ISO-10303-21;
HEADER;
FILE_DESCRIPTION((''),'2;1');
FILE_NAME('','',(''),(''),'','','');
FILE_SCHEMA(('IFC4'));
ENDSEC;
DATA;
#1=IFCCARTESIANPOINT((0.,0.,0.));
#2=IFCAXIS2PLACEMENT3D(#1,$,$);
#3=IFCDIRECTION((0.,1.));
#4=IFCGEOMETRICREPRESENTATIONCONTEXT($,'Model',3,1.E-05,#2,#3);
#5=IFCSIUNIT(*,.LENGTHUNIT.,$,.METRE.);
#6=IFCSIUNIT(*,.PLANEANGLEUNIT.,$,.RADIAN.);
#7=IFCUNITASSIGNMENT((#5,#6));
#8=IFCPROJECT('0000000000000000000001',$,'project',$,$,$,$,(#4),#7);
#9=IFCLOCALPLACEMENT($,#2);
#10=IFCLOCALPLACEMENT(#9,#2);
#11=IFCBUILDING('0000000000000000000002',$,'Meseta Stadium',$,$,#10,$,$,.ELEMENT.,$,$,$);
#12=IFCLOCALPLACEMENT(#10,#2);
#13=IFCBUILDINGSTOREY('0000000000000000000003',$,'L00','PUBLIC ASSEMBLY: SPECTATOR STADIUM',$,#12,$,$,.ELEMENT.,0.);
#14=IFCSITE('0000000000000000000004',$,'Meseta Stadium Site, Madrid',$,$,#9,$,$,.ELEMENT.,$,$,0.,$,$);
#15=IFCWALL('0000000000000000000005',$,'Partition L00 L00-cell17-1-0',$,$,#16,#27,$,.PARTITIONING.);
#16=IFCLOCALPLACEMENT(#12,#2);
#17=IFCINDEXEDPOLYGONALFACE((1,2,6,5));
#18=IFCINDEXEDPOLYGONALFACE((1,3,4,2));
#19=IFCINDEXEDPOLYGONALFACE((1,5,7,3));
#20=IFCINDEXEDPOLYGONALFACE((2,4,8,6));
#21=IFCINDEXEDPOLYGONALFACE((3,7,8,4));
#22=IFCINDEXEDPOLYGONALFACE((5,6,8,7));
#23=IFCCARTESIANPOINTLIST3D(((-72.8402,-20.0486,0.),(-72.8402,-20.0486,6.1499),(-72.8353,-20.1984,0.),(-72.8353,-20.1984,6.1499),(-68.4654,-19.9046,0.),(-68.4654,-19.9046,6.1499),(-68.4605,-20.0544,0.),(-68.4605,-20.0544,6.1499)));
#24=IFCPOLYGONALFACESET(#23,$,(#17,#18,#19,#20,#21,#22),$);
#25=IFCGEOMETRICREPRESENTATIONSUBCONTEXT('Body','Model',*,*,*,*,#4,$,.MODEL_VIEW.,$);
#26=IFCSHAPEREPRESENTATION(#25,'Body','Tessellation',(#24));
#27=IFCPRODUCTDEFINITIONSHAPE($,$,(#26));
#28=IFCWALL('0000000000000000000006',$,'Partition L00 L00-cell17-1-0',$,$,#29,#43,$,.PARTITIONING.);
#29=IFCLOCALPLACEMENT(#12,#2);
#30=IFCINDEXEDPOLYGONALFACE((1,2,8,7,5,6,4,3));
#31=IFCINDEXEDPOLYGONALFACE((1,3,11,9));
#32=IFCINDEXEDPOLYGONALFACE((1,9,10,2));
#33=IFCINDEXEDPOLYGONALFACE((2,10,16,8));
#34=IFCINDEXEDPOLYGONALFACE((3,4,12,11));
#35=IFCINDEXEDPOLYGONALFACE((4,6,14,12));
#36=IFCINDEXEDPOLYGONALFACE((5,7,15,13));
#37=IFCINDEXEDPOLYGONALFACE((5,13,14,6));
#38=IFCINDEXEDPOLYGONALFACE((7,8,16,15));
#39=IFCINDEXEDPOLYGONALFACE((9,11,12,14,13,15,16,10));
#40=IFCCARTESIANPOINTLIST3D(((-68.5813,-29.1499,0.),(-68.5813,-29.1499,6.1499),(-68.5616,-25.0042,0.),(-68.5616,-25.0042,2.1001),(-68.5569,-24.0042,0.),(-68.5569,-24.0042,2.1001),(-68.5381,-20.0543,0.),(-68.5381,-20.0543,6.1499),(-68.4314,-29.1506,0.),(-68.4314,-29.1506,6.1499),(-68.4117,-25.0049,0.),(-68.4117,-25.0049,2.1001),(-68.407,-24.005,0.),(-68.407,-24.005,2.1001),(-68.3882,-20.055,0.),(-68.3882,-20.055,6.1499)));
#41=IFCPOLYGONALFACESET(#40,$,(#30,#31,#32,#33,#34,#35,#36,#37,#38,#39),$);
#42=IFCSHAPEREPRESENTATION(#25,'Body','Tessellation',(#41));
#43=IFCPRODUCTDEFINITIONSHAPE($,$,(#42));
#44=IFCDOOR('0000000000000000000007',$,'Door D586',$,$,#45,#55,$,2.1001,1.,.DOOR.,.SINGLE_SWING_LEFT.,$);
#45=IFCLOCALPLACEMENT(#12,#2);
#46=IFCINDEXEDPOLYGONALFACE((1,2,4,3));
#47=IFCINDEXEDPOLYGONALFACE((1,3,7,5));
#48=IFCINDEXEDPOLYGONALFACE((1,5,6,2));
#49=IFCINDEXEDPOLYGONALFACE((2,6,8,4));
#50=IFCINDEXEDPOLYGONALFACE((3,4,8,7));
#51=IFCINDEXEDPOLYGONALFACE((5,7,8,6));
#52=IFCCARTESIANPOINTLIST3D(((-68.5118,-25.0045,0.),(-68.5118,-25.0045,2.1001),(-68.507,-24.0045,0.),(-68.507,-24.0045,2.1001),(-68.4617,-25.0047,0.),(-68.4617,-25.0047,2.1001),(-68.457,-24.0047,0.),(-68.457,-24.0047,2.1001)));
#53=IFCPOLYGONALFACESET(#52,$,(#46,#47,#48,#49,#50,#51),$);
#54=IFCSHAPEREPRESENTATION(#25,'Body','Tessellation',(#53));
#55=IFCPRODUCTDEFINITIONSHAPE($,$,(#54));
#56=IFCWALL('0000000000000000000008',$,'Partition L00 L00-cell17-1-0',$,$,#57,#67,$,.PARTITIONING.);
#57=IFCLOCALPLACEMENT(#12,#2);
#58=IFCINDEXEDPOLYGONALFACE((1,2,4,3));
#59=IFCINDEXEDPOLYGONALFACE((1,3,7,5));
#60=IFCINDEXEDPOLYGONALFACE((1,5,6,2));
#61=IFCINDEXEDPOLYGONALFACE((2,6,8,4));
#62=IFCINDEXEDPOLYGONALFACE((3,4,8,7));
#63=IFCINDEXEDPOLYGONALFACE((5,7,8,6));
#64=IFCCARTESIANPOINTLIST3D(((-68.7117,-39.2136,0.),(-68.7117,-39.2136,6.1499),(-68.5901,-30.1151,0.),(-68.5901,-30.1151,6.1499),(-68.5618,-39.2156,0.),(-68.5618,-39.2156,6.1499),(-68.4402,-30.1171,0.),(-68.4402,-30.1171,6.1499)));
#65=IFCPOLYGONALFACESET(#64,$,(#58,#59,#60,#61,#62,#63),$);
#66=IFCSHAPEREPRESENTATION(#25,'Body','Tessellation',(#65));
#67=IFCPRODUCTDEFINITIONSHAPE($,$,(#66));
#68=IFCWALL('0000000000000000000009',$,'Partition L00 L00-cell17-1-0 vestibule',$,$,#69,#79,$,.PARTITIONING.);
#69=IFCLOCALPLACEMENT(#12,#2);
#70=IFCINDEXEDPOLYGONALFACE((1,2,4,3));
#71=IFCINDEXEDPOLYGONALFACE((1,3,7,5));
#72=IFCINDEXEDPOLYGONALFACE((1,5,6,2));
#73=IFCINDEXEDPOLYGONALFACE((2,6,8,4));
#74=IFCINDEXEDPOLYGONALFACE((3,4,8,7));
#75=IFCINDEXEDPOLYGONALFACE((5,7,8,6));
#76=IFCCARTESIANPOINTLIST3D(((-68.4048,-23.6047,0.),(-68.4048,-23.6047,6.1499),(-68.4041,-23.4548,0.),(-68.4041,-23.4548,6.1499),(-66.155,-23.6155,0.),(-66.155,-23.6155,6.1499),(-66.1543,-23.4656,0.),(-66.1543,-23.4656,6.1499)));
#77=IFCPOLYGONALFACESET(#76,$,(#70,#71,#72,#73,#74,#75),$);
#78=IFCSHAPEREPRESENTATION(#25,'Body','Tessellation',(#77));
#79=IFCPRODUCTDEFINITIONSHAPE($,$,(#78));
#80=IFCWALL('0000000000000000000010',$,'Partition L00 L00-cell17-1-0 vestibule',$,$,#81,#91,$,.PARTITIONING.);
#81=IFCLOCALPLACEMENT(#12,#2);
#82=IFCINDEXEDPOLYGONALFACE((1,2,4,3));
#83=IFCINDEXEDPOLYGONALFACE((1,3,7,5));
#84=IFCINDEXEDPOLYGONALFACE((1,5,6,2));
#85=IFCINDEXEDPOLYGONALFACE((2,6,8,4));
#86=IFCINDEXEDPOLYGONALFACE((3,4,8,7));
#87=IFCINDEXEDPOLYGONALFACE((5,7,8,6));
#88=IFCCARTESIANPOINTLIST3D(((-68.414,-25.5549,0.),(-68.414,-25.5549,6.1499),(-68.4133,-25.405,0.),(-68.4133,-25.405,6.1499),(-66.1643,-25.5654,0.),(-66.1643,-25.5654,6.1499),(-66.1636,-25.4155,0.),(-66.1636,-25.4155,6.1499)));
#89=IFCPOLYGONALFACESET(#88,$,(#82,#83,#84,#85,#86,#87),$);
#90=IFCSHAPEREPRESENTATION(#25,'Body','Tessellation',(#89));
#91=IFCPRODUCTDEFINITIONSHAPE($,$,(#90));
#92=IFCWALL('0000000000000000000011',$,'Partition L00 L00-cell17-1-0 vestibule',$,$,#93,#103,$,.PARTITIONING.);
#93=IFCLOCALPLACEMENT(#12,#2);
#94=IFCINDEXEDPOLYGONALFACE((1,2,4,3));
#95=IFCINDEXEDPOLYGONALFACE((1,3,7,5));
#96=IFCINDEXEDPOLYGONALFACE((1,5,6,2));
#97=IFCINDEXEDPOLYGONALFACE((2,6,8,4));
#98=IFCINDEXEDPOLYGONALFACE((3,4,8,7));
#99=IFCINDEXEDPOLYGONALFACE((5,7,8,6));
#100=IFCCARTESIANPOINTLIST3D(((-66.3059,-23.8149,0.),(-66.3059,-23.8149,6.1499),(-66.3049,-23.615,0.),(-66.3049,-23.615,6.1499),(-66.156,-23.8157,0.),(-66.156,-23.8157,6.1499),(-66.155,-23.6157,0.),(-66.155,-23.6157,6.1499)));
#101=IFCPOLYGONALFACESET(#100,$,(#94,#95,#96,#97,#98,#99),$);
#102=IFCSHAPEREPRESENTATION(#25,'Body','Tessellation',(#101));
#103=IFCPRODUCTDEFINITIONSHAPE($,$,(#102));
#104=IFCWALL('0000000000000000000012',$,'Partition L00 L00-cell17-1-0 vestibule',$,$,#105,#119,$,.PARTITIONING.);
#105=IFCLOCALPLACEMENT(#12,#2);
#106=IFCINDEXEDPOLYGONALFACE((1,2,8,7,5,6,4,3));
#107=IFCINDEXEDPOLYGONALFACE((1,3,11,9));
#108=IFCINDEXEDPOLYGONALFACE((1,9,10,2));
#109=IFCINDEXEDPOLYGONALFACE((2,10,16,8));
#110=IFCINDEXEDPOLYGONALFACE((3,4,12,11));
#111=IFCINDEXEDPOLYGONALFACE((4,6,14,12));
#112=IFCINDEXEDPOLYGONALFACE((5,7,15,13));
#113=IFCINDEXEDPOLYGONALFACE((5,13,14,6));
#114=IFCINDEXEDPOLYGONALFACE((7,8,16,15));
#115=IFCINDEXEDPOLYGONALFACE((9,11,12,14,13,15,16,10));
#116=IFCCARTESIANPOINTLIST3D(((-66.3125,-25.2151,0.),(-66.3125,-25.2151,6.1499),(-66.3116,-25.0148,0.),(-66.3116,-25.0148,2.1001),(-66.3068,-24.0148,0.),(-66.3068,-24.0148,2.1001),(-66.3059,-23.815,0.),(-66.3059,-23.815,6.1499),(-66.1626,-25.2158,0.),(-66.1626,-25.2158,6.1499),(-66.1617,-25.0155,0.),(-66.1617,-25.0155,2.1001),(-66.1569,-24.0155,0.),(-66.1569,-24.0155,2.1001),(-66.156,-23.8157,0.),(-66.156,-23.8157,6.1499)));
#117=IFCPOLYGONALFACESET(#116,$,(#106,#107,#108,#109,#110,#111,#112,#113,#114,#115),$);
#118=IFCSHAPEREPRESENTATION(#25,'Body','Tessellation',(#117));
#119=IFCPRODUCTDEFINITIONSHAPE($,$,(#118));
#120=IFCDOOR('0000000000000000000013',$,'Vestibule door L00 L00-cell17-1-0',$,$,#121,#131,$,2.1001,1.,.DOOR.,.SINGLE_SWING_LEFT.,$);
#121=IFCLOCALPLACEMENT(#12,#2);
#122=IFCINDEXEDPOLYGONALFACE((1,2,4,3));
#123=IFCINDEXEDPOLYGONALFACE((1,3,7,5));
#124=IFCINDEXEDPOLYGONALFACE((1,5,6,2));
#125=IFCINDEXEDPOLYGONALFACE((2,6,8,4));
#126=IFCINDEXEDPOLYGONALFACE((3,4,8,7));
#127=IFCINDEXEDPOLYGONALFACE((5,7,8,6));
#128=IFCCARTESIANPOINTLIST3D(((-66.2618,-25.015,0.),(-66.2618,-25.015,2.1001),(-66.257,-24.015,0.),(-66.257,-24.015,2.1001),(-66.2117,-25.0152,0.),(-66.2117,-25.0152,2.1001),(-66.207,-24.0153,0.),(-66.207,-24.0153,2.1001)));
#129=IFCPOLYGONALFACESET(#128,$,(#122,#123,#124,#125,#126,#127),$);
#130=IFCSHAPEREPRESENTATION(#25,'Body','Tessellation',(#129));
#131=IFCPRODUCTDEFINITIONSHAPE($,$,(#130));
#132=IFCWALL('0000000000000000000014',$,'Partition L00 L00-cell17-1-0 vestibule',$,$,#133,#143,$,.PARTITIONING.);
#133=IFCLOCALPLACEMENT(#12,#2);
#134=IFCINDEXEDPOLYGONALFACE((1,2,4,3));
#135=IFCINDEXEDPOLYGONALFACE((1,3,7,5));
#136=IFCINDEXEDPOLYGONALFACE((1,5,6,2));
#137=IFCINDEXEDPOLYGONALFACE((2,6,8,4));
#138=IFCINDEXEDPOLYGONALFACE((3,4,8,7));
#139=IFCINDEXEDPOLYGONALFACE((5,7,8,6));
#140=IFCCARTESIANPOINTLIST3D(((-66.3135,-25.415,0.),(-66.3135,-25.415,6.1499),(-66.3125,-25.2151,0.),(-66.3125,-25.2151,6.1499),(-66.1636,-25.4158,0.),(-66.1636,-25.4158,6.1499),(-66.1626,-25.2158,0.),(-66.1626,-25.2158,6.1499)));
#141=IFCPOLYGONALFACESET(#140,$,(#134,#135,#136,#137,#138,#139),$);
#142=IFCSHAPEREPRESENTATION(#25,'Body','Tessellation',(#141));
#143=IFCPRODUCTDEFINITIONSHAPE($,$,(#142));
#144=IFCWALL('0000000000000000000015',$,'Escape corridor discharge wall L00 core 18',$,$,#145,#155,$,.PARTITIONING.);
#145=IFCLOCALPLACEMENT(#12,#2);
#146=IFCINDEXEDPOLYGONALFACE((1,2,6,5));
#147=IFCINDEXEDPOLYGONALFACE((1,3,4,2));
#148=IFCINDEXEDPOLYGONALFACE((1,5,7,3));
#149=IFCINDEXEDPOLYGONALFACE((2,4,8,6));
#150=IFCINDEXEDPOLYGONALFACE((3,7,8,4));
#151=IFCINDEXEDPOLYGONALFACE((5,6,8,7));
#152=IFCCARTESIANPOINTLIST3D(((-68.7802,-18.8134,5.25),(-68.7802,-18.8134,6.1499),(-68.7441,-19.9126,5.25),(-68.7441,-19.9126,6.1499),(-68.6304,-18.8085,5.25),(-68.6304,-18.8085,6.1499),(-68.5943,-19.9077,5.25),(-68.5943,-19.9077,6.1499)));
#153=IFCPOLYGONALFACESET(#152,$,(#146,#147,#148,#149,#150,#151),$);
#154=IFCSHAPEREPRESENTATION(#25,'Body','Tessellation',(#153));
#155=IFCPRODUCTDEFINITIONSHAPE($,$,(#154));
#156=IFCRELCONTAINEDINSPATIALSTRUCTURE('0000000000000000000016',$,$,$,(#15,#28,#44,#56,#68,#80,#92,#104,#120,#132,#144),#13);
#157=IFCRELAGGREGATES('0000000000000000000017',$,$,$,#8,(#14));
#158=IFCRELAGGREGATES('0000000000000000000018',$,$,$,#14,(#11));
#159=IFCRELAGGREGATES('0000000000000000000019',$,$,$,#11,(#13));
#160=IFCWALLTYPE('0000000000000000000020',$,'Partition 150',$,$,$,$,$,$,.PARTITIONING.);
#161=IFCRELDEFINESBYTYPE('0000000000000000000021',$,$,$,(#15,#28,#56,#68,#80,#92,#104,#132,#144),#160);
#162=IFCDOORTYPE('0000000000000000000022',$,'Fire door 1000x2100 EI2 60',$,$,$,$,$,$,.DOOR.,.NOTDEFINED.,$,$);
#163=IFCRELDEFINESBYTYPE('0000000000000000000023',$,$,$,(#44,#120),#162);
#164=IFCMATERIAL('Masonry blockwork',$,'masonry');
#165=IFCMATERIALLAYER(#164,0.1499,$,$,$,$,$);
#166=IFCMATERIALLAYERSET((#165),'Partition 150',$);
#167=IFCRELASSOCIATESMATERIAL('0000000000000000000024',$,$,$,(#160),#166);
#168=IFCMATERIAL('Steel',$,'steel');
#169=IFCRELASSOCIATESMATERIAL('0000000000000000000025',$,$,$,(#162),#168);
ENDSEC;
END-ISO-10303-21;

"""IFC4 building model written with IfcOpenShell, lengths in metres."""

from ifc_helpers import new_model, si_unit, direction, frame, frame_2d, origin, place, context, subcontext, project, spatial, rectangle, extrude, material, layer, layer_set, type_object, element, fill, save


model = new_model("IFC4")

# Units and contexts
model_context = context("Model", 3, precision=1e-05, world=origin(), true_north=direction((0.0, 1.0)))
body_context = subcontext(model_context, "Body", "Model", "MODEL_VIEW")
ifc_project = project(units=[si_unit("LENGTHUNIT", "METRE"), si_unit("PLANEANGLEUNIT", "RADIAN")], contexts=[model_context])

# Site, building, storey
site_placement = place(None, origin())
site = spatial("IfcSite", under=ifc_project, at=site_placement, Name="Meseta Stadium Site, Madrid", CompositionType="ELEMENT", RefElevation=0.0)
building_placement = place(site_placement, origin())
building = spatial("IfcBuilding", under=site, at=building_placement, Name="Meseta Stadium", CompositionType="ELEMENT")
storey_placement = place(building_placement, origin())
storey = spatial("IfcBuildingStorey", under=building, at=storey_placement, Name="L00", Description="PUBLIC ASSEMBLY: SPECTATOR STADIUM", CompositionType="ELEMENT", Elevation=0.0)

# Wall
ifc_material_1 = material(Name="Masonry blockwork", Category="masonry")
ifc_layer = layer(ifc_material_1, 0.1499)
ifc_layer_set = layer_set([ifc_layer], Name="Partition 150")
wall_type = type_object("IfcWallType", Name="Partition 150", PredefinedType="PARTITIONING", material=ifc_layer_set)
wall_1_placement = place(storey_placement, frame((-72.8376, -20.1235, 0.0), z_axis=(0.0, 0.0, 1.0), x_axis=(0.999458, 0.032908, 0.0)))
element("IfcWall", 1, at=wall_1_placement, inside=storey, type_object=wall_type, Name="Partition L00 L00-cell17-1-0", PredefinedType="PARTITIONING", context=body_context, shape_type="SweptSolid", body=[
    extrude(rectangle(XDim=4.3772, YDim=0.1499, at=frame_2d((2.1885, 0.0))), origin(), (0.0, 0.0, 1.0), 6.1499),
])

# Wall, opening, door
wall_2_placement = place(storey_placement, frame((-68.4631, -20.0547, 0.0), z_axis=(0.0, 0.0, 1.0), x_axis=(-0.004751, -0.999989, 0.0)))
wall_2 = element("IfcWall", 2, at=wall_2_placement, inside=storey, type_object=wall_type, Name="Partition L00 L00-cell17-1-0", PredefinedType="PARTITIONING", context=body_context, shape_type="SweptSolid", body=[
    extrude(rectangle(XDim=9.0957, YDim=0.1499, at=frame_2d((4.5479, 0.0))), origin(), (0.0, 0.0, 1.0), 6.1499),
])
opening_1_placement = place(wall_2_placement, frame((3.95, 0.0, 0.0)))
opening_1 = element("IfcOpeningElement", 3, at=opening_1_placement, cuts=wall_2, PredefinedType="OPENING", context=body_context, shape_type="SweptSolid", body=[
    extrude(rectangle(XDim=1.0, YDim=2.1001, at=frame_2d((0.5, 1.05))), frame((0.0, 0.085, 0.0), z_axis=(0.0, -1.0, 0.0), x_axis=(1.0, 0.0, 0.0)), (0.0, 0.0, 1.0), 0.1699),
])
ifc_material_2 = material(Name="Steel", Category="steel")
door_type = type_object("IfcDoorType", Name="Fire door 1000x2100 EI2 60", OperationType="NOTDEFINED", PredefinedType="DOOR", material=ifc_material_2)
door_1_placement = place(opening_1_placement, origin())
door_1 = element("IfcDoor", 4, at=door_1_placement, inside=storey, type_object=door_type, Name="Door D586", OperationType="SINGLE_SWING_LEFT", OverallHeight=2.1001, OverallWidth=1.0, PredefinedType="DOOR", context=body_context, shape_type="SweptSolid", body=[
    extrude(rectangle(XDim=1.0, YDim=2.1001, at=frame_2d((0.5, 1.05))), frame((0.0, 0.0249, 0.0), z_axis=(0.0, -1.0, 0.0), x_axis=(1.0, 0.0, 0.0)), (0.0, 0.0, 1.0), 0.05),
])
fill(opening_1, door_1)

# Walls
wall_3_placement = place(storey_placement, frame((-68.5151, -30.116, 0.0), z_axis=(0.0, 0.0, 1.0), x_axis=(-0.013361, -0.999911, 0.0)))
element("IfcWall", 5, at=wall_3_placement, inside=storey, type_object=wall_type, Name="Partition L00 L00-cell17-1-0", PredefinedType="PARTITIONING", context=body_context, shape_type="SweptSolid", body=[
    extrude(rectangle(XDim=9.0994, YDim=0.1499, at=frame_2d((4.5498, 0.0))), origin(), (0.0, 0.0, 1.0), 6.1499),
])
for number, where, z_axis, x_axis, name in (
    (6, (-68.4045, -23.5298, 0.0), (0.0, 0.0, 1.0), (0.999989, -0.004775, 0.0), "Partition L00 L00-cell17-1-0 vestibule"),
    (7, (-68.4138, -25.48, 0.0), (0.0, 0.0, 1.0), (0.999989, -0.004666, 0.0), "Partition L00 L00-cell17-1-0 vestibule"),
):
    element("IfcWall", number, at=place(storey_placement, frame(where, z_axis=z_axis, x_axis=x_axis)), inside=storey, type_object=wall_type, Name=name, PredefinedType="PARTITIONING", context=body_context, shape_type="SweptSolid", body=[
        extrude(rectangle(XDim=2.2498, YDim=0.1499, at=frame_2d((1.125, 0.0))), origin(), (0.0, 0.0, 1.0), 6.1499),
    ])
wall_4_placement = place(storey_placement, frame((-66.23, -23.6152, 0.0), z_axis=(0.0, 0.0, 1.0), x_axis=(-0.004884, -0.999988, 0.0)))
element("IfcWall", 8, at=wall_4_placement, inside=storey, type_object=wall_type, Name="Partition L00 L00-cell17-1-0 vestibule", PredefinedType="PARTITIONING", context=body_context, shape_type="SweptSolid", body=[
    extrude(rectangle(XDim=0.2, YDim=0.1499, at=frame_2d((0.1001, 0.0))), origin(), (0.0, 0.0, 1.0), 6.1499),
])

# Wall, opening, door
wall_5_placement = place(storey_placement, frame((-66.231, -23.8152, 0.0), z_axis=(0.0, 0.0, 1.0), x_axis=(-0.004708, -0.999989, 0.0)))
wall_5 = element("IfcWall", 9, at=wall_5_placement, inside=storey, type_object=wall_type, Name="Partition L00 L00-cell17-1-0 vestibule", PredefinedType="PARTITIONING", context=body_context, shape_type="SweptSolid", body=[
    extrude(rectangle(XDim=1.4001, YDim=0.1499, at=frame_2d((0.7002, 0.0))), origin(), (0.0, 0.0, 1.0), 6.1499),
])
opening_2_placement = place(wall_5_placement, frame((0.2, 0.0, 0.0)))
opening_2 = element("IfcOpeningElement", 10, at=opening_2_placement, cuts=wall_5, PredefinedType="OPENING", context=body_context, shape_type="SweptSolid", body=[
    extrude(rectangle(XDim=1.0, YDim=2.1001, at=frame_2d((0.5, 1.05))), frame((0.0, 0.085, 0.0), z_axis=(0.0, -1.0, 0.0), x_axis=(1.0, 0.0, 0.0)), (0.0, 0.0, 1.0), 0.1699),
])
door_2_placement = place(opening_2_placement, origin())
door_2 = element("IfcDoor", 11, at=door_2_placement, inside=storey, type_object=door_type, Name="Vestibule door L00 L00-cell17-1-0", OperationType="SINGLE_SWING_LEFT", OverallHeight=2.1001, OverallWidth=1.0, PredefinedType="DOOR", context=body_context, shape_type="SweptSolid", body=[
    extrude(rectangle(XDim=1.0, YDim=2.1001, at=frame_2d((0.5, 1.05))), frame((0.0, 0.0249, 0.0), z_axis=(0.0, -1.0, 0.0), x_axis=(1.0, 0.0, 0.0)), (0.0, 0.0, 1.0), 0.05),
])
fill(opening_2, door_2)

# Walls
wall_6_placement = place(storey_placement, frame((-66.2375, -25.2153, 0.0), z_axis=(0.0, 0.0, 1.0), x_axis=(-0.004884, -0.999988, 0.0)))
element("IfcWall", 12, at=wall_6_placement, inside=storey, type_object=wall_type, Name="Partition L00 L00-cell17-1-0 vestibule", PredefinedType="PARTITIONING", context=body_context, shape_type="SweptSolid", body=[
    extrude(rectangle(XDim=0.2, YDim=0.1499, at=frame_2d((0.1001, 0.0))), origin(), (0.0, 0.0, 1.0), 6.1499),
])
wall_7_placement = place(storey_placement, frame((-68.7053, -18.811, 5.25), z_axis=(0.0, 0.0, 1.0), x_axis=(0.032849, -0.99946, 0.0)))
element("IfcWall", 13, at=wall_7_placement, inside=storey, type_object=wall_type, Name="Escape corridor discharge wall L00 core 18", PredefinedType="PARTITIONING", context=body_context, shape_type="SweptSolid", body=[
    extrude(rectangle(XDim=1.0999, YDim=0.1499, at=frame_2d((0.5498, 0.0))), origin(), (0.0, 0.0, 1.0), 0.8999),
])

save(model, "model.ifc")
